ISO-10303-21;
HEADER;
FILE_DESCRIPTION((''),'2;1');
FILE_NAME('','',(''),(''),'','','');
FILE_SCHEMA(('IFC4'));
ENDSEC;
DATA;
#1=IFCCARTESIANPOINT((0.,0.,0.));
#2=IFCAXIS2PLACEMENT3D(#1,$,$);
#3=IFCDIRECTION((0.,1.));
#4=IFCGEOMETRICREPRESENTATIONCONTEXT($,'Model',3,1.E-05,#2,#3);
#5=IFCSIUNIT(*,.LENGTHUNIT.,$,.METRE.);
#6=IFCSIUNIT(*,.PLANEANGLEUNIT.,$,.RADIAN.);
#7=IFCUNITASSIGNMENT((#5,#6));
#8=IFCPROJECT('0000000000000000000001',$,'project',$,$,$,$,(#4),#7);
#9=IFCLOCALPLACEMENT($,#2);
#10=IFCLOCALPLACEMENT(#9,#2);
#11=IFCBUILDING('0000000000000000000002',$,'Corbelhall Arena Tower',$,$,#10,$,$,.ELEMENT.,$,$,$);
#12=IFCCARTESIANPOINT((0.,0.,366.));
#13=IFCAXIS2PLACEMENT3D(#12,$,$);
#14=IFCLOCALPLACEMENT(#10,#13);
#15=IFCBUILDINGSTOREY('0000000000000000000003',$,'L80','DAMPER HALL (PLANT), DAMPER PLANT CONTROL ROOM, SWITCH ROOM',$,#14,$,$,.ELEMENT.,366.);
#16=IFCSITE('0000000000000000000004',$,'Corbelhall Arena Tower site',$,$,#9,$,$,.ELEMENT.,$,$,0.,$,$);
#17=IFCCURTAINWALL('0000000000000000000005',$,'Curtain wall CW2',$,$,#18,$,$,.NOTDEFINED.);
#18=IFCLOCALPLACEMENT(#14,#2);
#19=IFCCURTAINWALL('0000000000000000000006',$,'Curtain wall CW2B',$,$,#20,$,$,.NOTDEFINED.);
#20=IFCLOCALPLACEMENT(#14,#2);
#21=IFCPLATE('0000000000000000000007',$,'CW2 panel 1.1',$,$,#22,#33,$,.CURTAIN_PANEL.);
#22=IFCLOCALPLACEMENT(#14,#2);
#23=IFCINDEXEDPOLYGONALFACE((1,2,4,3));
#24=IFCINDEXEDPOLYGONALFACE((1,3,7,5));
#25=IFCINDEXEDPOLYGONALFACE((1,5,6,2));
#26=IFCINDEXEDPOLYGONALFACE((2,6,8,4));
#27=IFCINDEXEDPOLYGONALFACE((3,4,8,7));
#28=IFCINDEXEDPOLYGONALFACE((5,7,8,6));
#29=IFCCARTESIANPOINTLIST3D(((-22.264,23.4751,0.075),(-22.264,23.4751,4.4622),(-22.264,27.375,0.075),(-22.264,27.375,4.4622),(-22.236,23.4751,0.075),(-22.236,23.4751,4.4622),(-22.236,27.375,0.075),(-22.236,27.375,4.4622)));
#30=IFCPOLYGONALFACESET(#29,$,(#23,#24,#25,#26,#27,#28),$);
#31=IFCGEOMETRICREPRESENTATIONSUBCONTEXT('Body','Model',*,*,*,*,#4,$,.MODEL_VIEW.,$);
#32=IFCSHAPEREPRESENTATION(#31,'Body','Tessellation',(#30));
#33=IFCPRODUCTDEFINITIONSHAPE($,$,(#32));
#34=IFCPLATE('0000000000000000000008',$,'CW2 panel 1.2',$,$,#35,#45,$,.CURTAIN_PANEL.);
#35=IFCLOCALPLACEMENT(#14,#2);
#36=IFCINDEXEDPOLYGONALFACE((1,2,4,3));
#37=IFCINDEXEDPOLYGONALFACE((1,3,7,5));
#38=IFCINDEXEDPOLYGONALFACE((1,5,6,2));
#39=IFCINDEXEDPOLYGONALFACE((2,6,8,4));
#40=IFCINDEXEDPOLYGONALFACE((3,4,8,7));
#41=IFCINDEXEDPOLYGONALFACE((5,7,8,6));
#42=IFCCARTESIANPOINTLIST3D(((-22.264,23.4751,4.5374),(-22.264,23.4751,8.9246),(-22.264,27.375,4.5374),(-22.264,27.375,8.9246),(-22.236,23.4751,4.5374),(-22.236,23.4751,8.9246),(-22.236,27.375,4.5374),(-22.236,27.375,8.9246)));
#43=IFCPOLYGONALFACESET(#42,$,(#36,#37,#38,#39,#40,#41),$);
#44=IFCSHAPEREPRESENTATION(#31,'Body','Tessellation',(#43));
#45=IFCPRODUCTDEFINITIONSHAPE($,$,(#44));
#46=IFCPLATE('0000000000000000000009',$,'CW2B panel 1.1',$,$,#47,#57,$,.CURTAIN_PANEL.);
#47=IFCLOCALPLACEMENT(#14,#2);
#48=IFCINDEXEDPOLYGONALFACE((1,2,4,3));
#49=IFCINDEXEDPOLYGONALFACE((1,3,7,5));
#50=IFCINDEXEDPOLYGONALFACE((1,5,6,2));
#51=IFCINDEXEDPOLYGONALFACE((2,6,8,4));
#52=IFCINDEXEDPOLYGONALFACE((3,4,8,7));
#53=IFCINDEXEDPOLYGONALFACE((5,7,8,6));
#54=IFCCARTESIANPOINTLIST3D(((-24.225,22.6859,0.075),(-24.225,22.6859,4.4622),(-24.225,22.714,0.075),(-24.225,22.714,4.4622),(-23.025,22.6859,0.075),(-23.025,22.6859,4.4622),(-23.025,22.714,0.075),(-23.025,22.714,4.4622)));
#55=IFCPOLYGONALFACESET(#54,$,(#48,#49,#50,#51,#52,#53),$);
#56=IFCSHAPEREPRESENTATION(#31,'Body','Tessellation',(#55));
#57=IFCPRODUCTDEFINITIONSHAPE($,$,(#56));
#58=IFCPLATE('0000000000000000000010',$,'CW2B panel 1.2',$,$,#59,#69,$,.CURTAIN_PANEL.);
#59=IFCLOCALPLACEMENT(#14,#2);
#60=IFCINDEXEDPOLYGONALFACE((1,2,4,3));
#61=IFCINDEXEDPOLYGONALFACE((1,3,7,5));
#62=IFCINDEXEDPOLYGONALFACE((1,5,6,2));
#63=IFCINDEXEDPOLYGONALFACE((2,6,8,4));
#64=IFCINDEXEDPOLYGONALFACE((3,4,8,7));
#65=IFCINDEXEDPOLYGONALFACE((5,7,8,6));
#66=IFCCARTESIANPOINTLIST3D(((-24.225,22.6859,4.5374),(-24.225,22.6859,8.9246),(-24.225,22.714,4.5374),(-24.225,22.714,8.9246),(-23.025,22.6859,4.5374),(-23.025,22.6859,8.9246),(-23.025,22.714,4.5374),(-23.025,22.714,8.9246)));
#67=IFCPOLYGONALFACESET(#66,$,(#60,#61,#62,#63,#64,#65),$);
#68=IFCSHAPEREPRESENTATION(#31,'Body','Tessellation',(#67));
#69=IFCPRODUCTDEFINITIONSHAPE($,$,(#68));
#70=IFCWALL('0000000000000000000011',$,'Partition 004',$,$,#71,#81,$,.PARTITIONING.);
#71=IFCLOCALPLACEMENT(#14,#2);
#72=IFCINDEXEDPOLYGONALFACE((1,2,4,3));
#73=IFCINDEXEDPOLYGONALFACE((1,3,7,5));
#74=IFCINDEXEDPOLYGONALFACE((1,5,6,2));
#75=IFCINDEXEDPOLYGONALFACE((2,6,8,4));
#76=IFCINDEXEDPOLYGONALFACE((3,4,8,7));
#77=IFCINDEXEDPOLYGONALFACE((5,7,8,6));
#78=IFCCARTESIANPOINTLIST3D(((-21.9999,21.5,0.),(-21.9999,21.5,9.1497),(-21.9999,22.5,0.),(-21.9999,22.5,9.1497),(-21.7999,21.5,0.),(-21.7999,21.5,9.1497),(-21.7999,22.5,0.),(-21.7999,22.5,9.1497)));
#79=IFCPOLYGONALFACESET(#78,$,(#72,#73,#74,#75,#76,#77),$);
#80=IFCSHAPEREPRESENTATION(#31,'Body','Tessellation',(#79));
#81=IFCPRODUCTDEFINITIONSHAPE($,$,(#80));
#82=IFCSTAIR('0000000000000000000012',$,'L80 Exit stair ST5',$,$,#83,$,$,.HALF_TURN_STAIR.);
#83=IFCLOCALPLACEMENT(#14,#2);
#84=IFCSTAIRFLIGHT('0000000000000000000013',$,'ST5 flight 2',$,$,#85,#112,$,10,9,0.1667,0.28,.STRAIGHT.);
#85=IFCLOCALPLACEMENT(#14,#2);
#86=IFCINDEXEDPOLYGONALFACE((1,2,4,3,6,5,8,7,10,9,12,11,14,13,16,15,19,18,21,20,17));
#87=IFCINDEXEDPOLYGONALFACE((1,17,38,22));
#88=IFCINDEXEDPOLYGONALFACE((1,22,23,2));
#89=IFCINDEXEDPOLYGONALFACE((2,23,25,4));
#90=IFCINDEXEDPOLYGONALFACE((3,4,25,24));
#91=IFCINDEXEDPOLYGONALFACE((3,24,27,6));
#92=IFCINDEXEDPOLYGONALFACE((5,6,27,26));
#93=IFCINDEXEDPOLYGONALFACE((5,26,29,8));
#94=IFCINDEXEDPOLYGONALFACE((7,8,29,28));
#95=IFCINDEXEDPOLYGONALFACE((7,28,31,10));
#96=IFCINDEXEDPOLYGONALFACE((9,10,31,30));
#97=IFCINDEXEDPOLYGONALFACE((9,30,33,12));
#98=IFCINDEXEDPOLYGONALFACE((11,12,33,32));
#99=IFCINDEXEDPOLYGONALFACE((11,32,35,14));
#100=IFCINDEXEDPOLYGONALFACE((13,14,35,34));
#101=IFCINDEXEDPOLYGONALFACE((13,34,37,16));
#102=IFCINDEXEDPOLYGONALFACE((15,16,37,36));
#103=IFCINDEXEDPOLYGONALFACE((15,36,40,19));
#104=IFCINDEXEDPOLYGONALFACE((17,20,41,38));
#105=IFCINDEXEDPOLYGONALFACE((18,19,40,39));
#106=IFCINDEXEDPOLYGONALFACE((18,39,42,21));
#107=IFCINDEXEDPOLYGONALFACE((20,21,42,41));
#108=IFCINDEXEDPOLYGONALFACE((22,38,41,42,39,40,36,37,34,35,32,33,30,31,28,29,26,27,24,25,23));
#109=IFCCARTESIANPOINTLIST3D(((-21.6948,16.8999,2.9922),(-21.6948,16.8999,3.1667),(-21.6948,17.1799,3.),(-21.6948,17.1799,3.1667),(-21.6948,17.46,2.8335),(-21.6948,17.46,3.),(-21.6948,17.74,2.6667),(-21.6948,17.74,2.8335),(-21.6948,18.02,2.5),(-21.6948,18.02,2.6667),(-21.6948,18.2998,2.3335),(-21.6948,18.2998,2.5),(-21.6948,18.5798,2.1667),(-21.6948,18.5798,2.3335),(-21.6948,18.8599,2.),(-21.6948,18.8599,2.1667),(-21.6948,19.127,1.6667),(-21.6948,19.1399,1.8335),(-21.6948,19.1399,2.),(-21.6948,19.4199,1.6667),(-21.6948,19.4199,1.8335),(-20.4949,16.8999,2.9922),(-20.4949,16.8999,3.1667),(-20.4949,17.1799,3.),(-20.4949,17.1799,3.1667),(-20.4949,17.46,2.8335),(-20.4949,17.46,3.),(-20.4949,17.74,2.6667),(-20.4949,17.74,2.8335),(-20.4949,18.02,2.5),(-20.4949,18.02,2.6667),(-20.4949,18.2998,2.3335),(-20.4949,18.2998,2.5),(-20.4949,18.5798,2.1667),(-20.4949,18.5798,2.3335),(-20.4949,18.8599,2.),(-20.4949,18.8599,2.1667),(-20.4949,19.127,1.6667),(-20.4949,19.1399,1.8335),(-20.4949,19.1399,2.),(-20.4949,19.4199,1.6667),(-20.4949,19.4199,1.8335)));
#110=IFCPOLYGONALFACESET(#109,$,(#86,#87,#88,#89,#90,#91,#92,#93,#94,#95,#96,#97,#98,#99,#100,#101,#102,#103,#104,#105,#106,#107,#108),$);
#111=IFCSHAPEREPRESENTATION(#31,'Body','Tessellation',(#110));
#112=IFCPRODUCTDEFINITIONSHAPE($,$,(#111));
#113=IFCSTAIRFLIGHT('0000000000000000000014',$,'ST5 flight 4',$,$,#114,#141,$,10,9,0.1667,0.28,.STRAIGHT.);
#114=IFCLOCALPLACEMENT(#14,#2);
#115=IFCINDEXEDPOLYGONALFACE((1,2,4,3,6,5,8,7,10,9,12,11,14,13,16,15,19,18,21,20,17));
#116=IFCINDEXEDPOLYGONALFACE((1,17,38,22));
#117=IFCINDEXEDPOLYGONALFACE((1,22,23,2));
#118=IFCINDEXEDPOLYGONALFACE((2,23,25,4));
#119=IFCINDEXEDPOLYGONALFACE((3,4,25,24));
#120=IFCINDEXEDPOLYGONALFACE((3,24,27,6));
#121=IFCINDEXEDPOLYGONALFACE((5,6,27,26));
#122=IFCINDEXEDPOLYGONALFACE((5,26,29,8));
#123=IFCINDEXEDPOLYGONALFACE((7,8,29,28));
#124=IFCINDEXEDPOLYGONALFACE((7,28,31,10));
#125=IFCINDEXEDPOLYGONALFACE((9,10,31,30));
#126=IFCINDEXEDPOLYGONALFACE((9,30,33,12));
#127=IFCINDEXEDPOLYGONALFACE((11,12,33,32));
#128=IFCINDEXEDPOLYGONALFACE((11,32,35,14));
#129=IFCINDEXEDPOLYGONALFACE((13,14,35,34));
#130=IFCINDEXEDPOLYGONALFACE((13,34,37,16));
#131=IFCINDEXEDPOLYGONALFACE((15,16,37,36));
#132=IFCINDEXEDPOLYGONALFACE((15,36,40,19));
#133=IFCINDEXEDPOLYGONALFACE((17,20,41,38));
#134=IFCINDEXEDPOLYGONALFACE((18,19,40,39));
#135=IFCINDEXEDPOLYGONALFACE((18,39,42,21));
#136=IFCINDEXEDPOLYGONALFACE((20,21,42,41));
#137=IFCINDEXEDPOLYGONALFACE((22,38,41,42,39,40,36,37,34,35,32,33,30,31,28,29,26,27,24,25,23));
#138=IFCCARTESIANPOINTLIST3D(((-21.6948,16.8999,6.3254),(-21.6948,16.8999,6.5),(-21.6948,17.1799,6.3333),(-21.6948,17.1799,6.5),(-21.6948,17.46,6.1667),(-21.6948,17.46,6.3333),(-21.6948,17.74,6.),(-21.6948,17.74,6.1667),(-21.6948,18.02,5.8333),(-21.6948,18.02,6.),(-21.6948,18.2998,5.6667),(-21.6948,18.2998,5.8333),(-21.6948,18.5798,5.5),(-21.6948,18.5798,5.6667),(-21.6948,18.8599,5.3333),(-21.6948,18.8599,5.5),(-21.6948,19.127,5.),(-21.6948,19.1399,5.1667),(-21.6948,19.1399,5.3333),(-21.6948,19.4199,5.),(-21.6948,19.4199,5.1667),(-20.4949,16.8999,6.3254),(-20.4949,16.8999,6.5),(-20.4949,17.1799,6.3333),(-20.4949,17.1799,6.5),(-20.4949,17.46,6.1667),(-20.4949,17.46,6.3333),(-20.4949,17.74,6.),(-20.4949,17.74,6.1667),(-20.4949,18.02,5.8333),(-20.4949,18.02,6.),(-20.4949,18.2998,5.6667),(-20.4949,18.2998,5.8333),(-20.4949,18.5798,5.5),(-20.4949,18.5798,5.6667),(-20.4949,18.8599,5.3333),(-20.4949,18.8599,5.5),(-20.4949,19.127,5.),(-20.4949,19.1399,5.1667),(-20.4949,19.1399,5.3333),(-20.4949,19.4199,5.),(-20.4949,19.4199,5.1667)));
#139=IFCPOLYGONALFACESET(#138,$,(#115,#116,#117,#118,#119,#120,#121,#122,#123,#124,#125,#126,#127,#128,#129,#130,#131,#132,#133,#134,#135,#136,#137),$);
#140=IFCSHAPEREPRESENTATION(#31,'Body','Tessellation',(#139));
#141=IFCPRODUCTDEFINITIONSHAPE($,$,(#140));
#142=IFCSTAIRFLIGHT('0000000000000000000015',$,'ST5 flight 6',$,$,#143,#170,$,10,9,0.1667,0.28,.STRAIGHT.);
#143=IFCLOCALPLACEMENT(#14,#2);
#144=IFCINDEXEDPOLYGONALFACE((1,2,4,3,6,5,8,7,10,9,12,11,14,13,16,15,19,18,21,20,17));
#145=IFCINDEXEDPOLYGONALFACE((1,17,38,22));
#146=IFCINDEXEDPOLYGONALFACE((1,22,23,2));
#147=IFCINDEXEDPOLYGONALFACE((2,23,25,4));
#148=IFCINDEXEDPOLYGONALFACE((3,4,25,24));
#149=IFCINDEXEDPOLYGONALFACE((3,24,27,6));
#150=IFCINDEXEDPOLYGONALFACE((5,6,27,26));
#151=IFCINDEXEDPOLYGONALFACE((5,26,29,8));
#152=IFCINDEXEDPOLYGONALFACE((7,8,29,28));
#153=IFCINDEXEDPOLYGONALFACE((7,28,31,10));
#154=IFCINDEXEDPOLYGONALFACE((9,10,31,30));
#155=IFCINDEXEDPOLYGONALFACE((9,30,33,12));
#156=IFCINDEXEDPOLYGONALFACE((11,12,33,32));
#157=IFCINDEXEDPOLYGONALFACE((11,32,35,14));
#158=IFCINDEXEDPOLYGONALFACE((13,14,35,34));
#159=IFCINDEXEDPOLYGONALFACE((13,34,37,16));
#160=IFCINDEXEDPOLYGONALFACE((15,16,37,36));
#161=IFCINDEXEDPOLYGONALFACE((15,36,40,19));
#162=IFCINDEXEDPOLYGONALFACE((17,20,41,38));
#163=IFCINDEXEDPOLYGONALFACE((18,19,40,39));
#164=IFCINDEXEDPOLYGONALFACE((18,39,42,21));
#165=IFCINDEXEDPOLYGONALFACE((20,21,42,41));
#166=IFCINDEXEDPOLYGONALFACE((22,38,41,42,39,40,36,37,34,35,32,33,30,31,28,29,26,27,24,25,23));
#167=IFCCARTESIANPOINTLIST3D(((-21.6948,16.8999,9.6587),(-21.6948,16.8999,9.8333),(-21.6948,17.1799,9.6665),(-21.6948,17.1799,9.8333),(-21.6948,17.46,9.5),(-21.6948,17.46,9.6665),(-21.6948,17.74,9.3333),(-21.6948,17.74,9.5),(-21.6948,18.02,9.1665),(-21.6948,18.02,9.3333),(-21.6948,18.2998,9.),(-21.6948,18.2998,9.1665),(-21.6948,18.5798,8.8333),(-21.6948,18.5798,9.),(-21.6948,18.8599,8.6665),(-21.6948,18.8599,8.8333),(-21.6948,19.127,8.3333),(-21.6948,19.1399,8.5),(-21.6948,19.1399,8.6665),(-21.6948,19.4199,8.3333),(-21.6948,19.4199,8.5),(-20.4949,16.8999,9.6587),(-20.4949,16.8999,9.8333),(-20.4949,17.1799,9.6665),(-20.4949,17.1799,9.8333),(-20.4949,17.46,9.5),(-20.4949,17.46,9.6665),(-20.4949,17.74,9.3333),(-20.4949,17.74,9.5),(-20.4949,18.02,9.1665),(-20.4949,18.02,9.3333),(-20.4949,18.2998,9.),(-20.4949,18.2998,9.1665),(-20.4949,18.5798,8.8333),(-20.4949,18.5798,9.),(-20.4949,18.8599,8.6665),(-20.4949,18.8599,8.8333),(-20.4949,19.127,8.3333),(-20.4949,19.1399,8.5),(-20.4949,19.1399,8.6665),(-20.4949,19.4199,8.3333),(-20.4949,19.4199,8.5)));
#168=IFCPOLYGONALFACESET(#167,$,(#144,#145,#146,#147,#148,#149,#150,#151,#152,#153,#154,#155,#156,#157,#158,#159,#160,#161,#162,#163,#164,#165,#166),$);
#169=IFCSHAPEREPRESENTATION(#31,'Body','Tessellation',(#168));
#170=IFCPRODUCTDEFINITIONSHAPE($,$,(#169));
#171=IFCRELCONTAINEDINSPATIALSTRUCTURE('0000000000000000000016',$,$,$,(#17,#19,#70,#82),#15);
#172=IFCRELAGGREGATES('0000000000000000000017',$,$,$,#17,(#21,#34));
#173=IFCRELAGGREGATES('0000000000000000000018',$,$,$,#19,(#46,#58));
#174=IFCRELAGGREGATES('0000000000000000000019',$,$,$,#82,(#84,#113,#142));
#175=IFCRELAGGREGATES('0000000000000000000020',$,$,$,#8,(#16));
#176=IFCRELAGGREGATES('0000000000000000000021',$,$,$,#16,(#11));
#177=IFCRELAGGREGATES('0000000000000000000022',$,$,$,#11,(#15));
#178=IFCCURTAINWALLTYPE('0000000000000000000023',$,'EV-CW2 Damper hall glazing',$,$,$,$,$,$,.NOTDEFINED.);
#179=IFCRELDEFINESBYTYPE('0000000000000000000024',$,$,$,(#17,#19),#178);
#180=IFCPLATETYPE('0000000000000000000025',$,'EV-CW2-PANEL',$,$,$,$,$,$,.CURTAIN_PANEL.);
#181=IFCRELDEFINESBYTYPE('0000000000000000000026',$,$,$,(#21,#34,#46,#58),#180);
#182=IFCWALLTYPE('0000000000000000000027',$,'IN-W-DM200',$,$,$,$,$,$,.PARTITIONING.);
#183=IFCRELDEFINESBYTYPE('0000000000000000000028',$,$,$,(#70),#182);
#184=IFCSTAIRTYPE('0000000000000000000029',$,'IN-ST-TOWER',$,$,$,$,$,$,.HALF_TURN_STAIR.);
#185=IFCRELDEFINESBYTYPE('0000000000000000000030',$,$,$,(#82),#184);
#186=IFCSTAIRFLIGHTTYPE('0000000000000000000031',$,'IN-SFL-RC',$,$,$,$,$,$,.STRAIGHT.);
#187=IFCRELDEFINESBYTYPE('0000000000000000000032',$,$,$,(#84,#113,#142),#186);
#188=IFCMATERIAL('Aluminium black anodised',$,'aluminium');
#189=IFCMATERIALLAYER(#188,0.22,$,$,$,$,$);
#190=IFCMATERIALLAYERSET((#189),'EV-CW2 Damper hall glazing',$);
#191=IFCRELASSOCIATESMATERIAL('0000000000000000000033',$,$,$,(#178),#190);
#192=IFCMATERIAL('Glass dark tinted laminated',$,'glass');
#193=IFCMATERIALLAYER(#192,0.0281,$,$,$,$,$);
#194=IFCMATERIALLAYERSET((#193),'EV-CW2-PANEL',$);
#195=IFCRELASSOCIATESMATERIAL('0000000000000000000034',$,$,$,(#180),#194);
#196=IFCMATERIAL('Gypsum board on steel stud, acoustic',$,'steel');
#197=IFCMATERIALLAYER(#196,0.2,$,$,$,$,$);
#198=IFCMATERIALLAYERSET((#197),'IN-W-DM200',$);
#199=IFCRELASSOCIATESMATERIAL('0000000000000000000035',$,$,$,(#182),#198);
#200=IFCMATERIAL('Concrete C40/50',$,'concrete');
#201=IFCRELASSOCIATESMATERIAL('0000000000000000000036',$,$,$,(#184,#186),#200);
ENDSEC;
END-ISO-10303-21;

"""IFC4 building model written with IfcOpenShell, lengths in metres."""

from ifc_helpers import new_model, si_unit, direction, frame, frame_2d, origin, origin_2d, place, context, subcontext, project, spatial, polyline, rectangle, outline, extrude, material, layer, layer_set, type_object, element, aggregate, save


model = new_model("IFC4")

# Units and contexts
model_context = context("Model", 3, precision=1e-05, world=origin(), true_north=direction((0.0, 1.0)))
body_context = subcontext(model_context, "Body", "Model", "MODEL_VIEW")
ifc_project = project(units=[si_unit("LENGTHUNIT", "METRE"), si_unit("PLANEANGLEUNIT", "RADIAN")], contexts=[model_context])

# Site, building, storey
site_placement = place(None, origin())
site = spatial("IfcSite", under=ifc_project, at=site_placement, Name="Corbelhall Arena Tower site", CompositionType="ELEMENT", RefElevation=0.0)
building_placement = place(site_placement, origin())
building = spatial("IfcBuilding", under=site, at=building_placement, Name="Corbelhall Arena Tower", CompositionType="ELEMENT")
storey_placement = place(building_placement, frame((0.0, 0.0, 366.0)))
storey = spatial("IfcBuildingStorey", under=building, at=storey_placement, Name="L80", Description="DAMPER HALL (PLANT), DAMPER PLANT CONTROL ROOM, SWITCH ROOM", CompositionType="ELEMENT", Elevation=366.0)

# Shared definitions
ifc_material_1 = material(Name="Aluminium black anodised", Category="aluminium")
ifc_layer_1 = layer(ifc_material_1, 0.22)
ifc_layer_set_1 = layer_set([ifc_layer_1], Name="EV-CW2 Damper hall glazing")
curtain_wall_type = type_object("IfcCurtainWallType", Name="EV-CW2 Damper hall glazing", PredefinedType="NOTDEFINED", material=ifc_layer_set_1)

# Curtain walls
curtain_wall_1_placement = place(storey_placement, origin())
curtain_wall_1 = element("IfcCurtainWall", 1, at=curtain_wall_1_placement, inside=storey, type_object=curtain_wall_type, Name="Curtain wall CW2", PredefinedType="NOTDEFINED")
curtain_wall_2_placement = place(storey_placement, origin())
curtain_wall_2 = element("IfcCurtainWall", 2, at=curtain_wall_2_placement, inside=storey, type_object=curtain_wall_type, Name="Curtain wall CW2B", PredefinedType="NOTDEFINED")

# Plates
ifc_material_2 = material(Name="Glass dark tinted laminated", Category="glass")
ifc_layer_2 = layer(ifc_material_2, 0.0281)
ifc_layer_set_2 = layer_set([ifc_layer_2], Name="EV-CW2-PANEL")
plate_type = type_object("IfcPlateType", Name="EV-CW2-PANEL", PredefinedType="CURTAIN_PANEL", material=ifc_layer_set_2)
plate_1_placement = place(storey_placement, frame((-22.25, 25.425, 0.075), z_axis=(0.0, 0.0, 1.0), x_axis=(0.0, -1.0, 0.0)))
plate_1 = element("IfcPlate", 3, at=plate_1_placement, type_object=plate_type, Name="CW2 panel 1.1", PredefinedType="CURTAIN_PANEL", context=body_context, shape_type="SweptSolid", body=[
    extrude(rectangle(XDim=3.8999, YDim=0.0281, at=origin_2d()), origin(), (0.0, 0.0, 1.0), 4.3872),
])
plate_2_placement = place(storey_placement, frame((-22.25, 25.425, 4.5374), z_axis=(0.0, 0.0, 1.0), x_axis=(0.0, -1.0, 0.0)))
plate_2 = element("IfcPlate", 4, at=plate_2_placement, type_object=plate_type, Name="CW2 panel 1.2", PredefinedType="CURTAIN_PANEL", context=body_context, shape_type="SweptSolid", body=[
    extrude(rectangle(XDim=3.8999, YDim=0.0281, at=origin_2d()), origin(), (0.0, 0.0, 1.0), 4.3872),
])
aggregate(curtain_wall_1, [plate_1, plate_2])
plate_3_placement = place(storey_placement, frame((-23.625, 22.7, 0.075), z_axis=(0.0, 0.0, 1.0), x_axis=(-1.0, 0.0, 0.0)))
plate_3 = element("IfcPlate", 5, at=plate_3_placement, type_object=plate_type, Name="CW2B panel 1.1", PredefinedType="CURTAIN_PANEL", context=body_context, shape_type="SweptSolid", body=[
    extrude(rectangle(XDim=1.2, YDim=0.0281, at=origin_2d()), origin(), (0.0, 0.0, 1.0), 4.3872),
])
plate_4_placement = place(storey_placement, frame((-23.625, 22.7, 4.5374), z_axis=(0.0, 0.0, 1.0), x_axis=(-1.0, 0.0, 0.0)))
plate_4 = element("IfcPlate", 6, at=plate_4_placement, type_object=plate_type, Name="CW2B panel 1.2", PredefinedType="CURTAIN_PANEL", context=body_context, shape_type="SweptSolid", body=[
    extrude(rectangle(XDim=1.2, YDim=0.0281, at=origin_2d()), origin(), (0.0, 0.0, 1.0), 4.3872),
])
aggregate(curtain_wall_2, [plate_3, plate_4])

# Wall
ifc_material_3 = material(Name="Gypsum board on steel stud, acoustic", Category="steel")
ifc_layer_3 = layer(ifc_material_3, 0.2)
ifc_layer_set_3 = layer_set([ifc_layer_3], Name="IN-W-DM200")
wall_type_1 = type_object("IfcWallType", Name="IN-W-DM200", PredefinedType="PARTITIONING", material=ifc_layer_set_3)
wall_1_placement = place(storey_placement, frame((-21.8999, 21.5, 0.0), z_axis=(0.0, 0.0, 1.0), x_axis=(0.0, 1.0, 0.0)))
element("IfcWall", 7, at=wall_1_placement, inside=storey, type_object=wall_type_1, Name="Partition 004", PredefinedType="PARTITIONING", context=body_context, shape_type="SweptSolid", body=[
    extrude(rectangle(XDim=1.0, YDim=0.2, at=frame_2d((0.5, 0.0))), origin(), (0.0, 0.0, 1.0), 9.1497),
])

# Shared definitions
ifc_material_4 = material(Name="Concrete C40/50", Category="concrete")

# Stair, stair flights
stair_type = type_object("IfcStairType", Name="IN-ST-TOWER", PredefinedType="HALF_TURN_STAIR", material=ifc_material_4)
stair_placement = place(storey_placement, origin())
stair = element("IfcStair", 8, at=stair_placement, inside=storey, type_object=stair_type, Name="L80 Exit stair ST5", PredefinedType="HALF_TURN_STAIR")
stair_flight_type = type_object("IfcStairFlightType", Name="IN-SFL-RC", PredefinedType="STRAIGHT", material=ifc_material_4)
stair_flight_1_placement = place(storey_placement, frame((-21.095, 19.4199, 1.6667), z_axis=(0.0, 0.0, 1.0), x_axis=(0.0, -1.0, 0.0)))
stair_flight_1 = element("IfcStairFlight", 9, at=stair_flight_1_placement, type_object=stair_flight_type, Name="ST5 flight 2", NumberOfRisers=10, NumberOfTreads=9, PredefinedType="STRAIGHT", RiserHeight=0.1667, TreadLength=0.28, context=body_context, shape_type="SweptSolid", body=[
    extrude(outline(polyline([(0.0, 0.0), (0.0, 0.1667), (0.28, 0.1667), (0.28, 0.3333), (0.5601, 0.3333), (0.5601, 0.5), (0.8401, 0.5), (0.8401, 0.6667), (1.1201, 0.6667), (1.1201, 0.8333), (1.3999, 0.8333), (1.3999, 1.0), (1.6799, 1.0), (1.6799, 1.1667), (1.96, 1.1667), (1.96, 1.3333), (2.24, 1.3333), (2.24, 1.5), (2.52, 1.5), (2.52, 1.6667), (2.52, 1.3254), (0.293, 0.0), (0.0, 0.0)])), frame((0.0, 0.6001, 0.0), z_axis=(0.0, -1.0, 0.0), x_axis=(1.0, 0.0, 0.0)), (0.0, 0.0, 1.0), 1.2),
])
stair_flight_2_placement = place(storey_placement, frame((-21.095, 19.4199, 5.0), z_axis=(0.0, 0.0, 1.0), x_axis=(0.0, -1.0, 0.0)))
stair_flight_2 = element("IfcStairFlight", 10, at=stair_flight_2_placement, type_object=stair_flight_type, Name="ST5 flight 4", NumberOfRisers=10, NumberOfTreads=9, PredefinedType="STRAIGHT", RiserHeight=0.1667, TreadLength=0.28, context=body_context, shape_type="SweptSolid", body=[
    extrude(outline(polyline([(0.0, 0.0), (0.0, 0.1667), (0.28, 0.1667), (0.28, 0.3333), (0.5601, 0.3333), (0.5601, 0.5), (0.8401, 0.5), (0.8401, 0.6667), (1.1201, 0.6667), (1.1201, 0.8333), (1.3999, 0.8333), (1.3999, 1.0), (1.6799, 1.0), (1.6799, 1.1667), (1.96, 1.1667), (1.96, 1.3333), (2.24, 1.3333), (2.24, 1.5), (2.52, 1.5), (2.52, 1.6667), (2.52, 1.3254), (0.293, 0.0), (0.0, 0.0)])), frame((0.0, 0.6001, 0.0), z_axis=(0.0, -1.0, 0.0), x_axis=(1.0, 0.0, 0.0)), (0.0, 0.0, 1.0), 1.2),
])
stair_flight_3_placement = place(storey_placement, frame((-21.095, 19.4199, 8.3333), z_axis=(0.0, 0.0, 1.0), x_axis=(0.0, -1.0, 0.0)))
stair_flight_3 = element("IfcStairFlight", 11, at=stair_flight_3_placement, type_object=stair_flight_type, Name="ST5 flight 6", NumberOfRisers=10, NumberOfTreads=9, PredefinedType="STRAIGHT", RiserHeight=0.1667, TreadLength=0.28, context=body_context, shape_type="SweptSolid", body=[
    extrude(outline(polyline([(0.0, 0.0), (0.0, 0.1667), (0.28, 0.1667), (0.28, 0.3333), (0.5601, 0.3333), (0.5601, 0.5), (0.8401, 0.5), (0.8401, 0.6667), (1.1201, 0.6667), (1.1201, 0.8333), (1.3999, 0.8333), (1.3999, 1.0), (1.6799, 1.0), (1.6799, 1.1667), (1.96, 1.1667), (1.96, 1.3333), (2.24, 1.3333), (2.24, 1.5), (2.52, 1.5), (2.52, 1.6667), (2.52, 1.3254), (0.293, 0.0), (0.0, 0.0)])), frame((0.0, 0.6001, 0.0), z_axis=(0.0, -1.0, 0.0), x_axis=(1.0, 0.0, 0.0)), (0.0, 0.0, 1.0), 1.2),
])
aggregate(stair, [stair_flight_1, stair_flight_2, stair_flight_3])

save(model, "model.ifc")
